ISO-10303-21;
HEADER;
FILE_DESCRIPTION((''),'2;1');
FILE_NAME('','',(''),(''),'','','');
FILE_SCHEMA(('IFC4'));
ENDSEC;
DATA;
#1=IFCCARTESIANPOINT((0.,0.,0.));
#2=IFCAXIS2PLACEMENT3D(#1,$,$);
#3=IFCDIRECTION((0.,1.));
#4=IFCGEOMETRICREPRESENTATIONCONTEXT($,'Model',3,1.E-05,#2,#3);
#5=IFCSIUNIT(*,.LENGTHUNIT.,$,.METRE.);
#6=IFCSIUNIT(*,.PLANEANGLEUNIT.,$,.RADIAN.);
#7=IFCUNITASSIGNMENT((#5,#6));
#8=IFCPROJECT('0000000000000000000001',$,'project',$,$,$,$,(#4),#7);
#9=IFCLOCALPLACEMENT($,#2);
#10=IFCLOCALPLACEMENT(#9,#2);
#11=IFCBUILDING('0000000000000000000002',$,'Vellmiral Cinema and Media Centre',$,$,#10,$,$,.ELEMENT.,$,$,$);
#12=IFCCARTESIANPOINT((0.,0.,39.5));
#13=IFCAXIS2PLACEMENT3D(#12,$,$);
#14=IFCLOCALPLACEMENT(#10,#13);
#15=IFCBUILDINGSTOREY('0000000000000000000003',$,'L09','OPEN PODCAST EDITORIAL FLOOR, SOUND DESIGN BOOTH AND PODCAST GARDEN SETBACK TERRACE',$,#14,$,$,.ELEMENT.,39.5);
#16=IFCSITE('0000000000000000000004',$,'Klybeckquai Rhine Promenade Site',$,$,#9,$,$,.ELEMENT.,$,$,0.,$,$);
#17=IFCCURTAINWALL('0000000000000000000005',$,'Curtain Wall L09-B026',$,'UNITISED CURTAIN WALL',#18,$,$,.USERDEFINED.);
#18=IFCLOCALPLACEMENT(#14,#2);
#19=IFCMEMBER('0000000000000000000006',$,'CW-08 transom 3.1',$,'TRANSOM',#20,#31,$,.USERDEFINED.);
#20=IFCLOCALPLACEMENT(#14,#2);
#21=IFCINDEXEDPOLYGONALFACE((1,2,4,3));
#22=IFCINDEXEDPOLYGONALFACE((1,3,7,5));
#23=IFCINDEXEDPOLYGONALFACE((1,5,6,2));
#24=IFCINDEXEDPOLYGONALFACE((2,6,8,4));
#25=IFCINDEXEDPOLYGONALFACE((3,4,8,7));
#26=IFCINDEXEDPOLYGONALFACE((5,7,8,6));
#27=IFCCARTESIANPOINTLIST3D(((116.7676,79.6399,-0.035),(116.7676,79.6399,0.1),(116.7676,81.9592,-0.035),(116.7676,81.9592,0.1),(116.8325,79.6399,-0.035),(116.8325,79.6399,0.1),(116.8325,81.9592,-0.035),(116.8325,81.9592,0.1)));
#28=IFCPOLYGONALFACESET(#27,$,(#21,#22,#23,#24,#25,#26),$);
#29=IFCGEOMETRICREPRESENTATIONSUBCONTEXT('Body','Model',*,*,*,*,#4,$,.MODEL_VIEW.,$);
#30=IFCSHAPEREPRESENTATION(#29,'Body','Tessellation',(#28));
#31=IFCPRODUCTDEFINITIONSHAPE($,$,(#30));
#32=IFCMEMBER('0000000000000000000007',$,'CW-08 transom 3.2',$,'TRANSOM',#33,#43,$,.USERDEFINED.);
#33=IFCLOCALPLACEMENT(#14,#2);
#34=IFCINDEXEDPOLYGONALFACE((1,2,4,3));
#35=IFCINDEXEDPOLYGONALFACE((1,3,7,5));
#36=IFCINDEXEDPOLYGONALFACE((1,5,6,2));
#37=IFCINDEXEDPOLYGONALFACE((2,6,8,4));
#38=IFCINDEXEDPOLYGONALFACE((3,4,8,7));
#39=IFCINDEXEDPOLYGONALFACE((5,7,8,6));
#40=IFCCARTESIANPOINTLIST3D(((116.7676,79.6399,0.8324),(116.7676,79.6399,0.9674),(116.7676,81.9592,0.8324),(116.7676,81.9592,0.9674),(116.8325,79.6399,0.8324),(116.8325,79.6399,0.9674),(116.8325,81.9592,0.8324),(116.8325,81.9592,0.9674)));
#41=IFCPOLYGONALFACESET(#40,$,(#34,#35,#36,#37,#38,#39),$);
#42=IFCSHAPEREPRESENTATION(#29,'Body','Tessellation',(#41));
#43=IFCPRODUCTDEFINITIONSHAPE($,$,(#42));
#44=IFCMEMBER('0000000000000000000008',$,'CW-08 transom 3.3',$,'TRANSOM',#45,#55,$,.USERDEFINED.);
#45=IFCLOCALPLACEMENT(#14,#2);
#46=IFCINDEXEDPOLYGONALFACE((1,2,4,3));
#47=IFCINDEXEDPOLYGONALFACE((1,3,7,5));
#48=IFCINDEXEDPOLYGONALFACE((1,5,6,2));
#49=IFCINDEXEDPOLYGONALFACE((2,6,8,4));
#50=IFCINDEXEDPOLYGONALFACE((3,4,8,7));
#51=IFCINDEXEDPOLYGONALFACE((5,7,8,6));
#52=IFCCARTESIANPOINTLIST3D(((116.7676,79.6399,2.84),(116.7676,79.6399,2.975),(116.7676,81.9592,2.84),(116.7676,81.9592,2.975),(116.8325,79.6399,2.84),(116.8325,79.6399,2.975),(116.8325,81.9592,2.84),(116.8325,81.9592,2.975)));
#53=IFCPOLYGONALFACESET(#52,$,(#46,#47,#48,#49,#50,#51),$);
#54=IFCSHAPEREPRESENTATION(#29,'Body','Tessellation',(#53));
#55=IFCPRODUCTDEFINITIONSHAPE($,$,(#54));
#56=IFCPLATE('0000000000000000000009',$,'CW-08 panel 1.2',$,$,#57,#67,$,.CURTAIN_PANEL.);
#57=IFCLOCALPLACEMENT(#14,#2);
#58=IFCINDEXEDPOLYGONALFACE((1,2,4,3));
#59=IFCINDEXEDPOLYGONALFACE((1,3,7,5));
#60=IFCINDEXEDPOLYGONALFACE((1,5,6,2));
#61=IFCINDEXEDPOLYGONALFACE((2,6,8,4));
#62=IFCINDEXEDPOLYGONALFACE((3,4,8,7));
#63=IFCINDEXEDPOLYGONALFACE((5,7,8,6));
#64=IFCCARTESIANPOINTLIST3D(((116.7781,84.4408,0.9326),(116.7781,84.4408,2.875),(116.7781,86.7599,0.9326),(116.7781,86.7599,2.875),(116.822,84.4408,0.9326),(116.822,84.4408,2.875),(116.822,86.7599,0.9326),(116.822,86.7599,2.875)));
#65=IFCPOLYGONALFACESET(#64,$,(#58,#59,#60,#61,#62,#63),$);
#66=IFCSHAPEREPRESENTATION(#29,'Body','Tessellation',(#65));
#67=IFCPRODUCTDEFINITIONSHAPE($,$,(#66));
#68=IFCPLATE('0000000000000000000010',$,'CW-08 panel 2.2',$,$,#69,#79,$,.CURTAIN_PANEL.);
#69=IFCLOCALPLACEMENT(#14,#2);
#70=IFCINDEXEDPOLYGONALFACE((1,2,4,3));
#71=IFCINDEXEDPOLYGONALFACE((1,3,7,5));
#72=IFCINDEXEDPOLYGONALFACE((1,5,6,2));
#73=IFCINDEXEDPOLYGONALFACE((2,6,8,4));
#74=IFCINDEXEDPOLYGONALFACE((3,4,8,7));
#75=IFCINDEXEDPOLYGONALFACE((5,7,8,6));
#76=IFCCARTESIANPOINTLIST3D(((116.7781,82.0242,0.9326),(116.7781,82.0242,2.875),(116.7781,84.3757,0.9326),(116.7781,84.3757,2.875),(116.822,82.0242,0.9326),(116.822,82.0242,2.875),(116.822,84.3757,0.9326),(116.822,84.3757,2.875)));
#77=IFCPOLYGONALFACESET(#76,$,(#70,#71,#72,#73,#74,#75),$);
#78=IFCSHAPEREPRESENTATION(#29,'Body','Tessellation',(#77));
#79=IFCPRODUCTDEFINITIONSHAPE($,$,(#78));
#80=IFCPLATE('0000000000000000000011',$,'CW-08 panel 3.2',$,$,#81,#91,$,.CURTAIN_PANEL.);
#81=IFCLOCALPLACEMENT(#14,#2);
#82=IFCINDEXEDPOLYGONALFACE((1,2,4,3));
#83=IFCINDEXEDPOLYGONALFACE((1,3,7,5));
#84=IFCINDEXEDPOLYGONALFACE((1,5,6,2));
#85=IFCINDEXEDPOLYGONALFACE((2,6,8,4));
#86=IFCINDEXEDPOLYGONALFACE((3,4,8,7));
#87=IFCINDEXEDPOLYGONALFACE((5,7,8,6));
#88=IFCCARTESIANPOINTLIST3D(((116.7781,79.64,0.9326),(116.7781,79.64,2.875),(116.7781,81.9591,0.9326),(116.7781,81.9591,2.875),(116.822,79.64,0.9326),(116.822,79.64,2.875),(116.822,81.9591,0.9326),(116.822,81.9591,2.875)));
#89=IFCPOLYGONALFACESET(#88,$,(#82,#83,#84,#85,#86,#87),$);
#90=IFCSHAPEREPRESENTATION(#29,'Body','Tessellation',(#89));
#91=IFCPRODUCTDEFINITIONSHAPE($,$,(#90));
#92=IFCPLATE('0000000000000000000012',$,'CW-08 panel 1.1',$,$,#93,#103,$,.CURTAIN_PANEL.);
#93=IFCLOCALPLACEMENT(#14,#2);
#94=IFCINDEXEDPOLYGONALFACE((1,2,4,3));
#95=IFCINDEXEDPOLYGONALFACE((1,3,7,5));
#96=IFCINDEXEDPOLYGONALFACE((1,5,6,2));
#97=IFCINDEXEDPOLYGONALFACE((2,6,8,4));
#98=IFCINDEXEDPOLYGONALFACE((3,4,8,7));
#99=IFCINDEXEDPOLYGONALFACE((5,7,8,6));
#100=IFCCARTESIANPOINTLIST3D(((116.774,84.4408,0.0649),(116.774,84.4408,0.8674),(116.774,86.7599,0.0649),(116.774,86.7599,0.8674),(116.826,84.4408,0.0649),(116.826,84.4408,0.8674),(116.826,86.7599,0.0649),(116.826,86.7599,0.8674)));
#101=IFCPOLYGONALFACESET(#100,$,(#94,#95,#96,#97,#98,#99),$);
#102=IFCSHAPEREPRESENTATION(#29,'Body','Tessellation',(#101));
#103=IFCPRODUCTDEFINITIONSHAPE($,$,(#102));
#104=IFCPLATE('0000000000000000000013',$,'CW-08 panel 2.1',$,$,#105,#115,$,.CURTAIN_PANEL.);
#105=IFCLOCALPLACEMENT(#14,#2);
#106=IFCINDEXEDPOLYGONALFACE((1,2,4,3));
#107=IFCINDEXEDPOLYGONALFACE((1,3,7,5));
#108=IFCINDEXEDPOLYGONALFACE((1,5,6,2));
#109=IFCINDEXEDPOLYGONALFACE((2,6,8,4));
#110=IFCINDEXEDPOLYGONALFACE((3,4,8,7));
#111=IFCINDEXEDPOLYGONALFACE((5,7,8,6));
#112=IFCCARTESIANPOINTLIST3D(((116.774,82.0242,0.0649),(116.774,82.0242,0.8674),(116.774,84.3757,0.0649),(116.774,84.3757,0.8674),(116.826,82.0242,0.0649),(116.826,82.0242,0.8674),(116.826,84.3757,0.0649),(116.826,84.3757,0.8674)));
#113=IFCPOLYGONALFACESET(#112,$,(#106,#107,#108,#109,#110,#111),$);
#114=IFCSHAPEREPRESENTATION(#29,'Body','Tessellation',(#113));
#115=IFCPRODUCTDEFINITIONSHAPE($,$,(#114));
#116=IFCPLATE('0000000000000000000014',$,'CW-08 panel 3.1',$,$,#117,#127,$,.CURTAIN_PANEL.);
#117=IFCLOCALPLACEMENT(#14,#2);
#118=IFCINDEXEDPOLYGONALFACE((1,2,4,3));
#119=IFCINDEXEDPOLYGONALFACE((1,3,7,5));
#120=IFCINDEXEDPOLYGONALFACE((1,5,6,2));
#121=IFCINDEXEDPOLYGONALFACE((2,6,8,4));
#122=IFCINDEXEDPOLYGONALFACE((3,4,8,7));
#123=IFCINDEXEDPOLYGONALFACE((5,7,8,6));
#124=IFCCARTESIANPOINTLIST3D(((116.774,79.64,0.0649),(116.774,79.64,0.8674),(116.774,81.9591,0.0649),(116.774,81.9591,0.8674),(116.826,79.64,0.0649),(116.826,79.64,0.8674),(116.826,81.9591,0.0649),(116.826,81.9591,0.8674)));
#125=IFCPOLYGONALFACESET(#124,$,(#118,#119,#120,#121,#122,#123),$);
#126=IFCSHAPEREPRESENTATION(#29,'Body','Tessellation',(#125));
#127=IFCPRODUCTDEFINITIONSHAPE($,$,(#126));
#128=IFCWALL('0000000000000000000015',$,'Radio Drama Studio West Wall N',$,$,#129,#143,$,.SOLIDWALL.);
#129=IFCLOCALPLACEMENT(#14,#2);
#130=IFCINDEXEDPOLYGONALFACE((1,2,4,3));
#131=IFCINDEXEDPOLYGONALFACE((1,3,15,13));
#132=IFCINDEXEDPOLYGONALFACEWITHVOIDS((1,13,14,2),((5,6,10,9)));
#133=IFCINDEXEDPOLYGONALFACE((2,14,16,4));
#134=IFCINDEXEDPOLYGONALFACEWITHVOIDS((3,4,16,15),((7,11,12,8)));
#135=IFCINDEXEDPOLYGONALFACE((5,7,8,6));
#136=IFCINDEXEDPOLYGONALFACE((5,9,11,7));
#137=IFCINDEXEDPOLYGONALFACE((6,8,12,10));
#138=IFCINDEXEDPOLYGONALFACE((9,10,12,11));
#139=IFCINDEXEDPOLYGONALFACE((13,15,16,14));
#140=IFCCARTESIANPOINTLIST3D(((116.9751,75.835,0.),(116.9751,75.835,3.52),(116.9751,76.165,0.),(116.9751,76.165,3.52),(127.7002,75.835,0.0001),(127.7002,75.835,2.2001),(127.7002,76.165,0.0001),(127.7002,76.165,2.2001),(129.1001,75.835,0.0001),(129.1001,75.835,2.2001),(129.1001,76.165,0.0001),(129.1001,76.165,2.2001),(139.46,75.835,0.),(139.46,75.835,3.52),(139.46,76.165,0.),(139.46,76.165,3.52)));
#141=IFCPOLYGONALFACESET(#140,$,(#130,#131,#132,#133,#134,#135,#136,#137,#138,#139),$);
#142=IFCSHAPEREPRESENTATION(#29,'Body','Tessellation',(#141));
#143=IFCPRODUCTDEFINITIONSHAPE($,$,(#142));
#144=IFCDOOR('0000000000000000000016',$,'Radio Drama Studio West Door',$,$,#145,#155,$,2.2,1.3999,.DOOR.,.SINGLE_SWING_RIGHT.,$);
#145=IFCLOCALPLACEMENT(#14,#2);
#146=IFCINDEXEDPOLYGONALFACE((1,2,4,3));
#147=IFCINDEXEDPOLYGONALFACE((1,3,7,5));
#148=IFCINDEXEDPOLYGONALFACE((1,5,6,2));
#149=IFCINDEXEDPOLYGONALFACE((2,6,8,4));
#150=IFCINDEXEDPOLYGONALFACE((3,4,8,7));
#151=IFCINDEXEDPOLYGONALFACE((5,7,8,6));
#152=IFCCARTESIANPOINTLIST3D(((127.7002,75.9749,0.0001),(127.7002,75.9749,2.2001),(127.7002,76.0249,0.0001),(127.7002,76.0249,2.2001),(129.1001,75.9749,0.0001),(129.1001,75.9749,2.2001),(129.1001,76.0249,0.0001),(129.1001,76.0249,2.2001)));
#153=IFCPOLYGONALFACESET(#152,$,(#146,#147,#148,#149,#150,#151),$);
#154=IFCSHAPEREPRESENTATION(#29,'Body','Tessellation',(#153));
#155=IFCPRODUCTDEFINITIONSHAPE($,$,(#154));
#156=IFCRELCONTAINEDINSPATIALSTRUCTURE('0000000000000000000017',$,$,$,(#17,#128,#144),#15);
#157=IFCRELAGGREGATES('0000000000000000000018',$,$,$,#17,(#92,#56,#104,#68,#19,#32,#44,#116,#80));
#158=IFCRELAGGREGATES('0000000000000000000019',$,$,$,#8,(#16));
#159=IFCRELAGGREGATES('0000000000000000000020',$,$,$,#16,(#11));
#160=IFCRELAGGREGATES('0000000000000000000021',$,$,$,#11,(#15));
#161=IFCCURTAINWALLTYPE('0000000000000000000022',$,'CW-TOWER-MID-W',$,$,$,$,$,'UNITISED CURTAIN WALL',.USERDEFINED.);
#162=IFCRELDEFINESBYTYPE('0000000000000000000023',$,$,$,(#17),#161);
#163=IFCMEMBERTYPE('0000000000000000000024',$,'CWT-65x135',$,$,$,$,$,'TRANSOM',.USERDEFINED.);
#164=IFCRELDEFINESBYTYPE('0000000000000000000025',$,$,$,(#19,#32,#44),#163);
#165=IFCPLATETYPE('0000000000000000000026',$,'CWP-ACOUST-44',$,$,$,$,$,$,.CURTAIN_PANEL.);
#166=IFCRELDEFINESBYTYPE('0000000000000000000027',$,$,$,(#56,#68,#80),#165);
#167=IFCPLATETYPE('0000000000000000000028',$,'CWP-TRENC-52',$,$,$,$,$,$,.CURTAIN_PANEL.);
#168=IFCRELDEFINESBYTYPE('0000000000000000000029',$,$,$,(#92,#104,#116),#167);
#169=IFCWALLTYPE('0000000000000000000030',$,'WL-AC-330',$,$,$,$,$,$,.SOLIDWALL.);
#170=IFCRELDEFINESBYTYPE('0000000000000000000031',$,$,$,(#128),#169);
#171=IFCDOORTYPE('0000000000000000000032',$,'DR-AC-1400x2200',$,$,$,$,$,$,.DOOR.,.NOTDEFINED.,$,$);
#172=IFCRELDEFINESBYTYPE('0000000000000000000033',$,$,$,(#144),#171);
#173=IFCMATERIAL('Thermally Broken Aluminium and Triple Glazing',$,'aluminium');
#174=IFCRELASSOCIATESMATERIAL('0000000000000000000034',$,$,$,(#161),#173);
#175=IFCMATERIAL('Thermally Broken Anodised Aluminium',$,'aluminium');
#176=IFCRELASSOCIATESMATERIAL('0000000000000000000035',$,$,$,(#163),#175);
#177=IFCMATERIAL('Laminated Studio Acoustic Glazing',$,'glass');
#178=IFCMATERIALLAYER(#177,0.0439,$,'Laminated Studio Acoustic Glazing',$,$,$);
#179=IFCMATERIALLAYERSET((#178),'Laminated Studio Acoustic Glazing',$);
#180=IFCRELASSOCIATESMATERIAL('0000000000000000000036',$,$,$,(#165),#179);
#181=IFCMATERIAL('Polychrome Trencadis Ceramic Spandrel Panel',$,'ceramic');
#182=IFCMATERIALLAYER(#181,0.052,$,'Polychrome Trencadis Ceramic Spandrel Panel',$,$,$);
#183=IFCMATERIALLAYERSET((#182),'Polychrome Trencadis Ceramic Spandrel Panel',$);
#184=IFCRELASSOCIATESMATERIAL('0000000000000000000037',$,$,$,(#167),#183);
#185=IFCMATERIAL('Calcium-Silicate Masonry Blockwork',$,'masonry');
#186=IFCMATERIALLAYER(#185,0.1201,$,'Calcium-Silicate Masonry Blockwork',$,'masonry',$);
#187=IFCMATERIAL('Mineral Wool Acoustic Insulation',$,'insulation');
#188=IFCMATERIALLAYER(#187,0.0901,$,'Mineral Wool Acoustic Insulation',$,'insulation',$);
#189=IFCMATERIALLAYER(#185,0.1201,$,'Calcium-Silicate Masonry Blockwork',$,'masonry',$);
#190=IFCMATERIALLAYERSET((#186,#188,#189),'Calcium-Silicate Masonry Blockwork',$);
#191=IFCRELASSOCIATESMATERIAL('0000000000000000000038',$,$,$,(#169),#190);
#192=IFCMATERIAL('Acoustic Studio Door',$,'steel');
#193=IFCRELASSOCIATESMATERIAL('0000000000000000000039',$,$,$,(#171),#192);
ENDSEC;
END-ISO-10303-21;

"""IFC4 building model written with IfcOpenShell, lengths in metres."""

from ifc_helpers import new_model, si_unit, direction, frame, frame_2d, origin, origin_2d, place, context, subcontext, project, spatial, rectangle, extrude, material, layer, layer_set, material_profile, profile_set, type_object, element, fill, aggregate, save


model = new_model("IFC4")

# Units and contexts
model_context = context("Model", 3, precision=1e-05, world=origin(), true_north=direction((0.0, 1.0)))
body_context = subcontext(model_context, "Body", "Model", "MODEL_VIEW")
ifc_project = project(units=[si_unit("LENGTHUNIT", "METRE"), si_unit("PLANEANGLEUNIT", "RADIAN")], contexts=[model_context])

# Site, building, storey
site_placement = place(None, origin())
site = spatial("IfcSite", under=ifc_project, at=site_placement, Name="Klybeckquai Rhine Promenade Site", CompositionType="ELEMENT", RefElevation=0.0)
building_placement = place(site_placement, origin())
building = spatial("IfcBuilding", under=site, at=building_placement, Name="Vellmiral Cinema and Media Centre", CompositionType="ELEMENT")
storey_placement = place(building_placement, frame((0.0, 0.0, 39.5)))
storey = spatial("IfcBuildingStorey", under=building, at=storey_placement, Name="L09", Description="OPEN PODCAST EDITORIAL FLOOR, SOUND DESIGN BOOTH AND PODCAST GARDEN SETBACK TERRACE", CompositionType="ELEMENT", Elevation=39.5)

# Curtain wall, members, plates
ifc_material_1 = material(Name="Thermally Broken Aluminium and Triple Glazing", Category="aluminium")
curtain_wall_type = type_object("IfcCurtainWallType", Name="CW-TOWER-MID-W", ElementType="UNITISED CURTAIN WALL", PredefinedType="USERDEFINED", material=ifc_material_1)
curtain_wall_placement = place(storey_placement, origin())
curtain_wall = element("IfcCurtainWall", 1, at=curtain_wall_placement, inside=storey, type_object=curtain_wall_type, Name="Curtain Wall L09-B026", ObjectType="UNITISED CURTAIN WALL", PredefinedType="USERDEFINED")
ifc_material_2 = material(Name="Thermally Broken Anodised Aluminium", Category="aluminium")
ifc_material_profile_1 = material_profile(ifc_material_2, rectangle(XDim=0.0649, YDim=0.135, at=origin_2d()), Name="MULL 65x135")
ifc_profile_set_1 = profile_set([ifc_material_profile_1], Name="Thermally Broken Anodised Aluminium")
member_type_1 = type_object("IfcMemberType", Name="CWT-65x135", ElementType="TRANSOM", PredefinedType="USERDEFINED", material=ifc_profile_set_1)
member_1_placement = place(storey_placement, frame((116.8, 81.9592, 0.0325), z_axis=(0.0, -1.0, 0.0), x_axis=(1.0, 0.0, 0.0)))
member_1 = element("IfcMember", 2, at=member_1_placement, type_object=member_type_1, Name="CW-08 transom 3.1", ObjectType="TRANSOM", PredefinedType="USERDEFINED", context=body_context, shape_type="SweptSolid", body=[
    extrude(rectangle(XDim=0.0649, YDim=0.135, at=origin_2d()), origin(), (0.0, 0.0, 1.0), 2.3193),
])
member_2_placement = place(storey_placement, frame((116.8, 81.9592, 0.8999), z_axis=(0.0, -1.0, 0.0), x_axis=(1.0, 0.0, 0.0)))
member_2 = element("IfcMember", 3, at=member_2_placement, type_object=member_type_1, Name="CW-08 transom 3.2", ObjectType="TRANSOM", PredefinedType="USERDEFINED", context=body_context, shape_type="SweptSolid", body=[
    extrude(rectangle(XDim=0.0649, YDim=0.135, at=origin_2d()), origin(), (0.0, 0.0, 1.0), 2.3193),
])
member_3_placement = place(storey_placement, frame((116.8, 81.9592, 2.9075), z_axis=(0.0, -1.0, 0.0), x_axis=(1.0, 0.0, 0.0)))
member_3 = element("IfcMember", 4, at=member_3_placement, type_object=member_type_1, Name="CW-08 transom 3.3", ObjectType="TRANSOM", PredefinedType="USERDEFINED", context=body_context, shape_type="SweptSolid", body=[
    extrude(rectangle(XDim=0.0649, YDim=0.135, at=origin_2d()), origin(), (0.0, 0.0, 1.0), 2.3193),
])
ifc_material_3 = material(Name="Laminated Studio Acoustic Glazing", Category="glass")
ifc_layer_1 = layer(ifc_material_3, 0.0439, Name="Laminated Studio Acoustic Glazing")
ifc_layer_set_1 = layer_set([ifc_layer_1], Name="Laminated Studio Acoustic Glazing")
plate_type_1 = type_object("IfcPlateType", Name="CWP-ACOUST-44", PredefinedType="CURTAIN_PANEL", material=ifc_layer_set_1)
plate_1_placement = place(storey_placement, frame((116.8, 85.6003, 0.9326), z_axis=(0.0, 0.0, 1.0), x_axis=(0.0, -1.0, 0.0)))
plate_1 = element("IfcPlate", 5, at=plate_1_placement, type_object=plate_type_1, Name="CW-08 panel 1.2", PredefinedType="CURTAIN_PANEL", context=body_context, shape_type="SweptSolid", body=[
    extrude(rectangle(XDim=2.3191, YDim=0.0439, at=origin_2d()), origin(), (0.0, 0.0, 1.0), 1.9424),
])
plate_2_placement = place(storey_placement, frame((116.8, 83.2, 0.9326), z_axis=(0.0, 0.0, 1.0), x_axis=(0.0, -1.0, 0.0)))
plate_2 = element("IfcPlate", 6, at=plate_2_placement, type_object=plate_type_1, Name="CW-08 panel 2.2", PredefinedType="CURTAIN_PANEL", context=body_context, shape_type="SweptSolid", body=[
    extrude(rectangle(XDim=2.3516, YDim=0.0439, at=origin_2d()), origin(), (0.0, 0.0, 1.0), 1.9424),
])
plate_3_placement = place(storey_placement, frame((116.8, 80.7996, 0.9326), z_axis=(0.0, 0.0, 1.0), x_axis=(0.0, -1.0, 0.0)))
plate_3 = element("IfcPlate", 7, at=plate_3_placement, type_object=plate_type_1, Name="CW-08 panel 3.2", PredefinedType="CURTAIN_PANEL", context=body_context, shape_type="SweptSolid", body=[
    extrude(rectangle(XDim=2.3191, YDim=0.0439, at=origin_2d()), origin(), (0.0, 0.0, 1.0), 1.9424),
])
ifc_material_4 = material(Name="Polychrome Trencadis Ceramic Spandrel Panel", Category="ceramic")
ifc_layer_2 = layer(ifc_material_4, 0.052, Name="Polychrome Trencadis Ceramic Spandrel Panel")
ifc_layer_set_2 = layer_set([ifc_layer_2], Name="Polychrome Trencadis Ceramic Spandrel Panel")
plate_type_2 = type_object("IfcPlateType", Name="CWP-TRENC-52", PredefinedType="CURTAIN_PANEL", material=ifc_layer_set_2)
plate_4_placement = place(storey_placement, frame((116.8, 85.6003, 0.0649), z_axis=(0.0, 0.0, 1.0), x_axis=(0.0, -1.0, 0.0)))
plate_4 = element("IfcPlate", 8, at=plate_4_placement, type_object=plate_type_2, Name="CW-08 panel 1.1", PredefinedType="CURTAIN_PANEL", context=body_context, shape_type="SweptSolid", body=[
    extrude(rectangle(XDim=2.3191, YDim=0.052, at=origin_2d()), origin(), (0.0, 0.0, 1.0), 0.8025),
])
plate_5_placement = place(storey_placement, frame((116.8, 83.2, 0.0649), z_axis=(0.0, 0.0, 1.0), x_axis=(0.0, -1.0, 0.0)))
plate_5 = element("IfcPlate", 9, at=plate_5_placement, type_object=plate_type_2, Name="CW-08 panel 2.1", PredefinedType="CURTAIN_PANEL", context=body_context, shape_type="SweptSolid", body=[
    extrude(rectangle(XDim=2.3516, YDim=0.052, at=origin_2d()), origin(), (0.0, 0.0, 1.0), 0.8025),
])
plate_6_placement = place(storey_placement, frame((116.8, 80.7996, 0.0649), z_axis=(0.0, 0.0, 1.0), x_axis=(0.0, -1.0, 0.0)))
plate_6 = element("IfcPlate", 10, at=plate_6_placement, type_object=plate_type_2, Name="CW-08 panel 3.1", PredefinedType="CURTAIN_PANEL", context=body_context, shape_type="SweptSolid", body=[
    extrude(rectangle(XDim=2.3191, YDim=0.052, at=origin_2d()), origin(), (0.0, 0.0, 1.0), 0.8025),
])
aggregate(curtain_wall, [plate_4, plate_1, plate_5, plate_2, member_1, member_2, member_3, plate_6, plate_3])

# Wall, opening, door
ifc_material_5 = material(Name="Calcium-Silicate Masonry Blockwork", Category="masonry")
ifc_layer_3 = layer(ifc_material_5, 0.1201, Name="Calcium-Silicate Masonry Blockwork", Category="masonry")
ifc_material_6 = material(Name="Mineral Wool Acoustic Insulation", Category="insulation")
ifc_layer_4 = layer(ifc_material_6, 0.0901, Name="Mineral Wool Acoustic Insulation", Category="insulation")
ifc_layer_5 = layer(ifc_material_5, 0.1201, Name="Calcium-Silicate Masonry Blockwork", Category="masonry")
ifc_layer_set_3 = layer_set([ifc_layer_3, ifc_layer_4, ifc_layer_5], Name="Calcium-Silicate Masonry Blockwork")
wall_type_1 = type_object("IfcWallType", Name="WL-AC-330", PredefinedType="SOLIDWALL", material=ifc_layer_set_3)
wall_1_placement = place(storey_placement, frame((116.9751, 76.0, 0.0), z_axis=(0.0, 0.0, 1.0), x_axis=(1.0, 0.0, 0.0)))
wall_1 = element("IfcWall", 11, at=wall_1_placement, inside=storey, type_object=wall_type_1, Name="Radio Drama Studio West Wall N", PredefinedType="SOLIDWALL", context=body_context, shape_type="SweptSolid", body=[
    extrude(rectangle(XDim=22.4849, YDim=0.3301, at=frame_2d((11.2424, 0.0))), origin(), (0.0, 0.0, 1.0), 3.52),
])
opening_1_placement = place(wall_1_placement, frame((10.7251, 0.0, 0.0)))
opening_1 = element("IfcOpeningElement", 12, at=opening_1_placement, cuts=wall_1, PredefinedType="OPENING", context=body_context, shape_type="SweptSolid", body=[
    extrude(rectangle(XDim=1.3999, YDim=2.2, at=frame_2d((0.7, 1.1001))), frame((0.0, 0.177, 0.0), z_axis=(0.0, -1.0, 0.0), x_axis=(1.0, 0.0, 0.0)), (0.0, 0.0, 1.0), 0.354),
])
ifc_material_7 = material(Name="Acoustic Studio Door", Category="steel")
door_type_1 = type_object("IfcDoorType", Name="DR-AC-1400x2200", OperationType="NOTDEFINED", PredefinedType="DOOR", material=ifc_material_7)
door_1_placement = place(opening_1_placement, origin())
door_1 = element("IfcDoor", 13, at=door_1_placement, inside=storey, type_object=door_type_1, Name="Radio Drama Studio West Door", OperationType="SINGLE_SWING_RIGHT", OverallHeight=2.2, OverallWidth=1.3999, PredefinedType="DOOR", context=body_context, shape_type="SweptSolid", body=[
    extrude(rectangle(XDim=1.3999, YDim=2.2, at=frame_2d((0.7, 1.1001))), frame((0.0, 0.0249, 0.0), z_axis=(0.0, -1.0, 0.0), x_axis=(1.0, 0.0, 0.0)), (0.0, 0.0, 1.0), 0.05),
])
fill(opening_1, door_1)

save(model, "model.ifc")
